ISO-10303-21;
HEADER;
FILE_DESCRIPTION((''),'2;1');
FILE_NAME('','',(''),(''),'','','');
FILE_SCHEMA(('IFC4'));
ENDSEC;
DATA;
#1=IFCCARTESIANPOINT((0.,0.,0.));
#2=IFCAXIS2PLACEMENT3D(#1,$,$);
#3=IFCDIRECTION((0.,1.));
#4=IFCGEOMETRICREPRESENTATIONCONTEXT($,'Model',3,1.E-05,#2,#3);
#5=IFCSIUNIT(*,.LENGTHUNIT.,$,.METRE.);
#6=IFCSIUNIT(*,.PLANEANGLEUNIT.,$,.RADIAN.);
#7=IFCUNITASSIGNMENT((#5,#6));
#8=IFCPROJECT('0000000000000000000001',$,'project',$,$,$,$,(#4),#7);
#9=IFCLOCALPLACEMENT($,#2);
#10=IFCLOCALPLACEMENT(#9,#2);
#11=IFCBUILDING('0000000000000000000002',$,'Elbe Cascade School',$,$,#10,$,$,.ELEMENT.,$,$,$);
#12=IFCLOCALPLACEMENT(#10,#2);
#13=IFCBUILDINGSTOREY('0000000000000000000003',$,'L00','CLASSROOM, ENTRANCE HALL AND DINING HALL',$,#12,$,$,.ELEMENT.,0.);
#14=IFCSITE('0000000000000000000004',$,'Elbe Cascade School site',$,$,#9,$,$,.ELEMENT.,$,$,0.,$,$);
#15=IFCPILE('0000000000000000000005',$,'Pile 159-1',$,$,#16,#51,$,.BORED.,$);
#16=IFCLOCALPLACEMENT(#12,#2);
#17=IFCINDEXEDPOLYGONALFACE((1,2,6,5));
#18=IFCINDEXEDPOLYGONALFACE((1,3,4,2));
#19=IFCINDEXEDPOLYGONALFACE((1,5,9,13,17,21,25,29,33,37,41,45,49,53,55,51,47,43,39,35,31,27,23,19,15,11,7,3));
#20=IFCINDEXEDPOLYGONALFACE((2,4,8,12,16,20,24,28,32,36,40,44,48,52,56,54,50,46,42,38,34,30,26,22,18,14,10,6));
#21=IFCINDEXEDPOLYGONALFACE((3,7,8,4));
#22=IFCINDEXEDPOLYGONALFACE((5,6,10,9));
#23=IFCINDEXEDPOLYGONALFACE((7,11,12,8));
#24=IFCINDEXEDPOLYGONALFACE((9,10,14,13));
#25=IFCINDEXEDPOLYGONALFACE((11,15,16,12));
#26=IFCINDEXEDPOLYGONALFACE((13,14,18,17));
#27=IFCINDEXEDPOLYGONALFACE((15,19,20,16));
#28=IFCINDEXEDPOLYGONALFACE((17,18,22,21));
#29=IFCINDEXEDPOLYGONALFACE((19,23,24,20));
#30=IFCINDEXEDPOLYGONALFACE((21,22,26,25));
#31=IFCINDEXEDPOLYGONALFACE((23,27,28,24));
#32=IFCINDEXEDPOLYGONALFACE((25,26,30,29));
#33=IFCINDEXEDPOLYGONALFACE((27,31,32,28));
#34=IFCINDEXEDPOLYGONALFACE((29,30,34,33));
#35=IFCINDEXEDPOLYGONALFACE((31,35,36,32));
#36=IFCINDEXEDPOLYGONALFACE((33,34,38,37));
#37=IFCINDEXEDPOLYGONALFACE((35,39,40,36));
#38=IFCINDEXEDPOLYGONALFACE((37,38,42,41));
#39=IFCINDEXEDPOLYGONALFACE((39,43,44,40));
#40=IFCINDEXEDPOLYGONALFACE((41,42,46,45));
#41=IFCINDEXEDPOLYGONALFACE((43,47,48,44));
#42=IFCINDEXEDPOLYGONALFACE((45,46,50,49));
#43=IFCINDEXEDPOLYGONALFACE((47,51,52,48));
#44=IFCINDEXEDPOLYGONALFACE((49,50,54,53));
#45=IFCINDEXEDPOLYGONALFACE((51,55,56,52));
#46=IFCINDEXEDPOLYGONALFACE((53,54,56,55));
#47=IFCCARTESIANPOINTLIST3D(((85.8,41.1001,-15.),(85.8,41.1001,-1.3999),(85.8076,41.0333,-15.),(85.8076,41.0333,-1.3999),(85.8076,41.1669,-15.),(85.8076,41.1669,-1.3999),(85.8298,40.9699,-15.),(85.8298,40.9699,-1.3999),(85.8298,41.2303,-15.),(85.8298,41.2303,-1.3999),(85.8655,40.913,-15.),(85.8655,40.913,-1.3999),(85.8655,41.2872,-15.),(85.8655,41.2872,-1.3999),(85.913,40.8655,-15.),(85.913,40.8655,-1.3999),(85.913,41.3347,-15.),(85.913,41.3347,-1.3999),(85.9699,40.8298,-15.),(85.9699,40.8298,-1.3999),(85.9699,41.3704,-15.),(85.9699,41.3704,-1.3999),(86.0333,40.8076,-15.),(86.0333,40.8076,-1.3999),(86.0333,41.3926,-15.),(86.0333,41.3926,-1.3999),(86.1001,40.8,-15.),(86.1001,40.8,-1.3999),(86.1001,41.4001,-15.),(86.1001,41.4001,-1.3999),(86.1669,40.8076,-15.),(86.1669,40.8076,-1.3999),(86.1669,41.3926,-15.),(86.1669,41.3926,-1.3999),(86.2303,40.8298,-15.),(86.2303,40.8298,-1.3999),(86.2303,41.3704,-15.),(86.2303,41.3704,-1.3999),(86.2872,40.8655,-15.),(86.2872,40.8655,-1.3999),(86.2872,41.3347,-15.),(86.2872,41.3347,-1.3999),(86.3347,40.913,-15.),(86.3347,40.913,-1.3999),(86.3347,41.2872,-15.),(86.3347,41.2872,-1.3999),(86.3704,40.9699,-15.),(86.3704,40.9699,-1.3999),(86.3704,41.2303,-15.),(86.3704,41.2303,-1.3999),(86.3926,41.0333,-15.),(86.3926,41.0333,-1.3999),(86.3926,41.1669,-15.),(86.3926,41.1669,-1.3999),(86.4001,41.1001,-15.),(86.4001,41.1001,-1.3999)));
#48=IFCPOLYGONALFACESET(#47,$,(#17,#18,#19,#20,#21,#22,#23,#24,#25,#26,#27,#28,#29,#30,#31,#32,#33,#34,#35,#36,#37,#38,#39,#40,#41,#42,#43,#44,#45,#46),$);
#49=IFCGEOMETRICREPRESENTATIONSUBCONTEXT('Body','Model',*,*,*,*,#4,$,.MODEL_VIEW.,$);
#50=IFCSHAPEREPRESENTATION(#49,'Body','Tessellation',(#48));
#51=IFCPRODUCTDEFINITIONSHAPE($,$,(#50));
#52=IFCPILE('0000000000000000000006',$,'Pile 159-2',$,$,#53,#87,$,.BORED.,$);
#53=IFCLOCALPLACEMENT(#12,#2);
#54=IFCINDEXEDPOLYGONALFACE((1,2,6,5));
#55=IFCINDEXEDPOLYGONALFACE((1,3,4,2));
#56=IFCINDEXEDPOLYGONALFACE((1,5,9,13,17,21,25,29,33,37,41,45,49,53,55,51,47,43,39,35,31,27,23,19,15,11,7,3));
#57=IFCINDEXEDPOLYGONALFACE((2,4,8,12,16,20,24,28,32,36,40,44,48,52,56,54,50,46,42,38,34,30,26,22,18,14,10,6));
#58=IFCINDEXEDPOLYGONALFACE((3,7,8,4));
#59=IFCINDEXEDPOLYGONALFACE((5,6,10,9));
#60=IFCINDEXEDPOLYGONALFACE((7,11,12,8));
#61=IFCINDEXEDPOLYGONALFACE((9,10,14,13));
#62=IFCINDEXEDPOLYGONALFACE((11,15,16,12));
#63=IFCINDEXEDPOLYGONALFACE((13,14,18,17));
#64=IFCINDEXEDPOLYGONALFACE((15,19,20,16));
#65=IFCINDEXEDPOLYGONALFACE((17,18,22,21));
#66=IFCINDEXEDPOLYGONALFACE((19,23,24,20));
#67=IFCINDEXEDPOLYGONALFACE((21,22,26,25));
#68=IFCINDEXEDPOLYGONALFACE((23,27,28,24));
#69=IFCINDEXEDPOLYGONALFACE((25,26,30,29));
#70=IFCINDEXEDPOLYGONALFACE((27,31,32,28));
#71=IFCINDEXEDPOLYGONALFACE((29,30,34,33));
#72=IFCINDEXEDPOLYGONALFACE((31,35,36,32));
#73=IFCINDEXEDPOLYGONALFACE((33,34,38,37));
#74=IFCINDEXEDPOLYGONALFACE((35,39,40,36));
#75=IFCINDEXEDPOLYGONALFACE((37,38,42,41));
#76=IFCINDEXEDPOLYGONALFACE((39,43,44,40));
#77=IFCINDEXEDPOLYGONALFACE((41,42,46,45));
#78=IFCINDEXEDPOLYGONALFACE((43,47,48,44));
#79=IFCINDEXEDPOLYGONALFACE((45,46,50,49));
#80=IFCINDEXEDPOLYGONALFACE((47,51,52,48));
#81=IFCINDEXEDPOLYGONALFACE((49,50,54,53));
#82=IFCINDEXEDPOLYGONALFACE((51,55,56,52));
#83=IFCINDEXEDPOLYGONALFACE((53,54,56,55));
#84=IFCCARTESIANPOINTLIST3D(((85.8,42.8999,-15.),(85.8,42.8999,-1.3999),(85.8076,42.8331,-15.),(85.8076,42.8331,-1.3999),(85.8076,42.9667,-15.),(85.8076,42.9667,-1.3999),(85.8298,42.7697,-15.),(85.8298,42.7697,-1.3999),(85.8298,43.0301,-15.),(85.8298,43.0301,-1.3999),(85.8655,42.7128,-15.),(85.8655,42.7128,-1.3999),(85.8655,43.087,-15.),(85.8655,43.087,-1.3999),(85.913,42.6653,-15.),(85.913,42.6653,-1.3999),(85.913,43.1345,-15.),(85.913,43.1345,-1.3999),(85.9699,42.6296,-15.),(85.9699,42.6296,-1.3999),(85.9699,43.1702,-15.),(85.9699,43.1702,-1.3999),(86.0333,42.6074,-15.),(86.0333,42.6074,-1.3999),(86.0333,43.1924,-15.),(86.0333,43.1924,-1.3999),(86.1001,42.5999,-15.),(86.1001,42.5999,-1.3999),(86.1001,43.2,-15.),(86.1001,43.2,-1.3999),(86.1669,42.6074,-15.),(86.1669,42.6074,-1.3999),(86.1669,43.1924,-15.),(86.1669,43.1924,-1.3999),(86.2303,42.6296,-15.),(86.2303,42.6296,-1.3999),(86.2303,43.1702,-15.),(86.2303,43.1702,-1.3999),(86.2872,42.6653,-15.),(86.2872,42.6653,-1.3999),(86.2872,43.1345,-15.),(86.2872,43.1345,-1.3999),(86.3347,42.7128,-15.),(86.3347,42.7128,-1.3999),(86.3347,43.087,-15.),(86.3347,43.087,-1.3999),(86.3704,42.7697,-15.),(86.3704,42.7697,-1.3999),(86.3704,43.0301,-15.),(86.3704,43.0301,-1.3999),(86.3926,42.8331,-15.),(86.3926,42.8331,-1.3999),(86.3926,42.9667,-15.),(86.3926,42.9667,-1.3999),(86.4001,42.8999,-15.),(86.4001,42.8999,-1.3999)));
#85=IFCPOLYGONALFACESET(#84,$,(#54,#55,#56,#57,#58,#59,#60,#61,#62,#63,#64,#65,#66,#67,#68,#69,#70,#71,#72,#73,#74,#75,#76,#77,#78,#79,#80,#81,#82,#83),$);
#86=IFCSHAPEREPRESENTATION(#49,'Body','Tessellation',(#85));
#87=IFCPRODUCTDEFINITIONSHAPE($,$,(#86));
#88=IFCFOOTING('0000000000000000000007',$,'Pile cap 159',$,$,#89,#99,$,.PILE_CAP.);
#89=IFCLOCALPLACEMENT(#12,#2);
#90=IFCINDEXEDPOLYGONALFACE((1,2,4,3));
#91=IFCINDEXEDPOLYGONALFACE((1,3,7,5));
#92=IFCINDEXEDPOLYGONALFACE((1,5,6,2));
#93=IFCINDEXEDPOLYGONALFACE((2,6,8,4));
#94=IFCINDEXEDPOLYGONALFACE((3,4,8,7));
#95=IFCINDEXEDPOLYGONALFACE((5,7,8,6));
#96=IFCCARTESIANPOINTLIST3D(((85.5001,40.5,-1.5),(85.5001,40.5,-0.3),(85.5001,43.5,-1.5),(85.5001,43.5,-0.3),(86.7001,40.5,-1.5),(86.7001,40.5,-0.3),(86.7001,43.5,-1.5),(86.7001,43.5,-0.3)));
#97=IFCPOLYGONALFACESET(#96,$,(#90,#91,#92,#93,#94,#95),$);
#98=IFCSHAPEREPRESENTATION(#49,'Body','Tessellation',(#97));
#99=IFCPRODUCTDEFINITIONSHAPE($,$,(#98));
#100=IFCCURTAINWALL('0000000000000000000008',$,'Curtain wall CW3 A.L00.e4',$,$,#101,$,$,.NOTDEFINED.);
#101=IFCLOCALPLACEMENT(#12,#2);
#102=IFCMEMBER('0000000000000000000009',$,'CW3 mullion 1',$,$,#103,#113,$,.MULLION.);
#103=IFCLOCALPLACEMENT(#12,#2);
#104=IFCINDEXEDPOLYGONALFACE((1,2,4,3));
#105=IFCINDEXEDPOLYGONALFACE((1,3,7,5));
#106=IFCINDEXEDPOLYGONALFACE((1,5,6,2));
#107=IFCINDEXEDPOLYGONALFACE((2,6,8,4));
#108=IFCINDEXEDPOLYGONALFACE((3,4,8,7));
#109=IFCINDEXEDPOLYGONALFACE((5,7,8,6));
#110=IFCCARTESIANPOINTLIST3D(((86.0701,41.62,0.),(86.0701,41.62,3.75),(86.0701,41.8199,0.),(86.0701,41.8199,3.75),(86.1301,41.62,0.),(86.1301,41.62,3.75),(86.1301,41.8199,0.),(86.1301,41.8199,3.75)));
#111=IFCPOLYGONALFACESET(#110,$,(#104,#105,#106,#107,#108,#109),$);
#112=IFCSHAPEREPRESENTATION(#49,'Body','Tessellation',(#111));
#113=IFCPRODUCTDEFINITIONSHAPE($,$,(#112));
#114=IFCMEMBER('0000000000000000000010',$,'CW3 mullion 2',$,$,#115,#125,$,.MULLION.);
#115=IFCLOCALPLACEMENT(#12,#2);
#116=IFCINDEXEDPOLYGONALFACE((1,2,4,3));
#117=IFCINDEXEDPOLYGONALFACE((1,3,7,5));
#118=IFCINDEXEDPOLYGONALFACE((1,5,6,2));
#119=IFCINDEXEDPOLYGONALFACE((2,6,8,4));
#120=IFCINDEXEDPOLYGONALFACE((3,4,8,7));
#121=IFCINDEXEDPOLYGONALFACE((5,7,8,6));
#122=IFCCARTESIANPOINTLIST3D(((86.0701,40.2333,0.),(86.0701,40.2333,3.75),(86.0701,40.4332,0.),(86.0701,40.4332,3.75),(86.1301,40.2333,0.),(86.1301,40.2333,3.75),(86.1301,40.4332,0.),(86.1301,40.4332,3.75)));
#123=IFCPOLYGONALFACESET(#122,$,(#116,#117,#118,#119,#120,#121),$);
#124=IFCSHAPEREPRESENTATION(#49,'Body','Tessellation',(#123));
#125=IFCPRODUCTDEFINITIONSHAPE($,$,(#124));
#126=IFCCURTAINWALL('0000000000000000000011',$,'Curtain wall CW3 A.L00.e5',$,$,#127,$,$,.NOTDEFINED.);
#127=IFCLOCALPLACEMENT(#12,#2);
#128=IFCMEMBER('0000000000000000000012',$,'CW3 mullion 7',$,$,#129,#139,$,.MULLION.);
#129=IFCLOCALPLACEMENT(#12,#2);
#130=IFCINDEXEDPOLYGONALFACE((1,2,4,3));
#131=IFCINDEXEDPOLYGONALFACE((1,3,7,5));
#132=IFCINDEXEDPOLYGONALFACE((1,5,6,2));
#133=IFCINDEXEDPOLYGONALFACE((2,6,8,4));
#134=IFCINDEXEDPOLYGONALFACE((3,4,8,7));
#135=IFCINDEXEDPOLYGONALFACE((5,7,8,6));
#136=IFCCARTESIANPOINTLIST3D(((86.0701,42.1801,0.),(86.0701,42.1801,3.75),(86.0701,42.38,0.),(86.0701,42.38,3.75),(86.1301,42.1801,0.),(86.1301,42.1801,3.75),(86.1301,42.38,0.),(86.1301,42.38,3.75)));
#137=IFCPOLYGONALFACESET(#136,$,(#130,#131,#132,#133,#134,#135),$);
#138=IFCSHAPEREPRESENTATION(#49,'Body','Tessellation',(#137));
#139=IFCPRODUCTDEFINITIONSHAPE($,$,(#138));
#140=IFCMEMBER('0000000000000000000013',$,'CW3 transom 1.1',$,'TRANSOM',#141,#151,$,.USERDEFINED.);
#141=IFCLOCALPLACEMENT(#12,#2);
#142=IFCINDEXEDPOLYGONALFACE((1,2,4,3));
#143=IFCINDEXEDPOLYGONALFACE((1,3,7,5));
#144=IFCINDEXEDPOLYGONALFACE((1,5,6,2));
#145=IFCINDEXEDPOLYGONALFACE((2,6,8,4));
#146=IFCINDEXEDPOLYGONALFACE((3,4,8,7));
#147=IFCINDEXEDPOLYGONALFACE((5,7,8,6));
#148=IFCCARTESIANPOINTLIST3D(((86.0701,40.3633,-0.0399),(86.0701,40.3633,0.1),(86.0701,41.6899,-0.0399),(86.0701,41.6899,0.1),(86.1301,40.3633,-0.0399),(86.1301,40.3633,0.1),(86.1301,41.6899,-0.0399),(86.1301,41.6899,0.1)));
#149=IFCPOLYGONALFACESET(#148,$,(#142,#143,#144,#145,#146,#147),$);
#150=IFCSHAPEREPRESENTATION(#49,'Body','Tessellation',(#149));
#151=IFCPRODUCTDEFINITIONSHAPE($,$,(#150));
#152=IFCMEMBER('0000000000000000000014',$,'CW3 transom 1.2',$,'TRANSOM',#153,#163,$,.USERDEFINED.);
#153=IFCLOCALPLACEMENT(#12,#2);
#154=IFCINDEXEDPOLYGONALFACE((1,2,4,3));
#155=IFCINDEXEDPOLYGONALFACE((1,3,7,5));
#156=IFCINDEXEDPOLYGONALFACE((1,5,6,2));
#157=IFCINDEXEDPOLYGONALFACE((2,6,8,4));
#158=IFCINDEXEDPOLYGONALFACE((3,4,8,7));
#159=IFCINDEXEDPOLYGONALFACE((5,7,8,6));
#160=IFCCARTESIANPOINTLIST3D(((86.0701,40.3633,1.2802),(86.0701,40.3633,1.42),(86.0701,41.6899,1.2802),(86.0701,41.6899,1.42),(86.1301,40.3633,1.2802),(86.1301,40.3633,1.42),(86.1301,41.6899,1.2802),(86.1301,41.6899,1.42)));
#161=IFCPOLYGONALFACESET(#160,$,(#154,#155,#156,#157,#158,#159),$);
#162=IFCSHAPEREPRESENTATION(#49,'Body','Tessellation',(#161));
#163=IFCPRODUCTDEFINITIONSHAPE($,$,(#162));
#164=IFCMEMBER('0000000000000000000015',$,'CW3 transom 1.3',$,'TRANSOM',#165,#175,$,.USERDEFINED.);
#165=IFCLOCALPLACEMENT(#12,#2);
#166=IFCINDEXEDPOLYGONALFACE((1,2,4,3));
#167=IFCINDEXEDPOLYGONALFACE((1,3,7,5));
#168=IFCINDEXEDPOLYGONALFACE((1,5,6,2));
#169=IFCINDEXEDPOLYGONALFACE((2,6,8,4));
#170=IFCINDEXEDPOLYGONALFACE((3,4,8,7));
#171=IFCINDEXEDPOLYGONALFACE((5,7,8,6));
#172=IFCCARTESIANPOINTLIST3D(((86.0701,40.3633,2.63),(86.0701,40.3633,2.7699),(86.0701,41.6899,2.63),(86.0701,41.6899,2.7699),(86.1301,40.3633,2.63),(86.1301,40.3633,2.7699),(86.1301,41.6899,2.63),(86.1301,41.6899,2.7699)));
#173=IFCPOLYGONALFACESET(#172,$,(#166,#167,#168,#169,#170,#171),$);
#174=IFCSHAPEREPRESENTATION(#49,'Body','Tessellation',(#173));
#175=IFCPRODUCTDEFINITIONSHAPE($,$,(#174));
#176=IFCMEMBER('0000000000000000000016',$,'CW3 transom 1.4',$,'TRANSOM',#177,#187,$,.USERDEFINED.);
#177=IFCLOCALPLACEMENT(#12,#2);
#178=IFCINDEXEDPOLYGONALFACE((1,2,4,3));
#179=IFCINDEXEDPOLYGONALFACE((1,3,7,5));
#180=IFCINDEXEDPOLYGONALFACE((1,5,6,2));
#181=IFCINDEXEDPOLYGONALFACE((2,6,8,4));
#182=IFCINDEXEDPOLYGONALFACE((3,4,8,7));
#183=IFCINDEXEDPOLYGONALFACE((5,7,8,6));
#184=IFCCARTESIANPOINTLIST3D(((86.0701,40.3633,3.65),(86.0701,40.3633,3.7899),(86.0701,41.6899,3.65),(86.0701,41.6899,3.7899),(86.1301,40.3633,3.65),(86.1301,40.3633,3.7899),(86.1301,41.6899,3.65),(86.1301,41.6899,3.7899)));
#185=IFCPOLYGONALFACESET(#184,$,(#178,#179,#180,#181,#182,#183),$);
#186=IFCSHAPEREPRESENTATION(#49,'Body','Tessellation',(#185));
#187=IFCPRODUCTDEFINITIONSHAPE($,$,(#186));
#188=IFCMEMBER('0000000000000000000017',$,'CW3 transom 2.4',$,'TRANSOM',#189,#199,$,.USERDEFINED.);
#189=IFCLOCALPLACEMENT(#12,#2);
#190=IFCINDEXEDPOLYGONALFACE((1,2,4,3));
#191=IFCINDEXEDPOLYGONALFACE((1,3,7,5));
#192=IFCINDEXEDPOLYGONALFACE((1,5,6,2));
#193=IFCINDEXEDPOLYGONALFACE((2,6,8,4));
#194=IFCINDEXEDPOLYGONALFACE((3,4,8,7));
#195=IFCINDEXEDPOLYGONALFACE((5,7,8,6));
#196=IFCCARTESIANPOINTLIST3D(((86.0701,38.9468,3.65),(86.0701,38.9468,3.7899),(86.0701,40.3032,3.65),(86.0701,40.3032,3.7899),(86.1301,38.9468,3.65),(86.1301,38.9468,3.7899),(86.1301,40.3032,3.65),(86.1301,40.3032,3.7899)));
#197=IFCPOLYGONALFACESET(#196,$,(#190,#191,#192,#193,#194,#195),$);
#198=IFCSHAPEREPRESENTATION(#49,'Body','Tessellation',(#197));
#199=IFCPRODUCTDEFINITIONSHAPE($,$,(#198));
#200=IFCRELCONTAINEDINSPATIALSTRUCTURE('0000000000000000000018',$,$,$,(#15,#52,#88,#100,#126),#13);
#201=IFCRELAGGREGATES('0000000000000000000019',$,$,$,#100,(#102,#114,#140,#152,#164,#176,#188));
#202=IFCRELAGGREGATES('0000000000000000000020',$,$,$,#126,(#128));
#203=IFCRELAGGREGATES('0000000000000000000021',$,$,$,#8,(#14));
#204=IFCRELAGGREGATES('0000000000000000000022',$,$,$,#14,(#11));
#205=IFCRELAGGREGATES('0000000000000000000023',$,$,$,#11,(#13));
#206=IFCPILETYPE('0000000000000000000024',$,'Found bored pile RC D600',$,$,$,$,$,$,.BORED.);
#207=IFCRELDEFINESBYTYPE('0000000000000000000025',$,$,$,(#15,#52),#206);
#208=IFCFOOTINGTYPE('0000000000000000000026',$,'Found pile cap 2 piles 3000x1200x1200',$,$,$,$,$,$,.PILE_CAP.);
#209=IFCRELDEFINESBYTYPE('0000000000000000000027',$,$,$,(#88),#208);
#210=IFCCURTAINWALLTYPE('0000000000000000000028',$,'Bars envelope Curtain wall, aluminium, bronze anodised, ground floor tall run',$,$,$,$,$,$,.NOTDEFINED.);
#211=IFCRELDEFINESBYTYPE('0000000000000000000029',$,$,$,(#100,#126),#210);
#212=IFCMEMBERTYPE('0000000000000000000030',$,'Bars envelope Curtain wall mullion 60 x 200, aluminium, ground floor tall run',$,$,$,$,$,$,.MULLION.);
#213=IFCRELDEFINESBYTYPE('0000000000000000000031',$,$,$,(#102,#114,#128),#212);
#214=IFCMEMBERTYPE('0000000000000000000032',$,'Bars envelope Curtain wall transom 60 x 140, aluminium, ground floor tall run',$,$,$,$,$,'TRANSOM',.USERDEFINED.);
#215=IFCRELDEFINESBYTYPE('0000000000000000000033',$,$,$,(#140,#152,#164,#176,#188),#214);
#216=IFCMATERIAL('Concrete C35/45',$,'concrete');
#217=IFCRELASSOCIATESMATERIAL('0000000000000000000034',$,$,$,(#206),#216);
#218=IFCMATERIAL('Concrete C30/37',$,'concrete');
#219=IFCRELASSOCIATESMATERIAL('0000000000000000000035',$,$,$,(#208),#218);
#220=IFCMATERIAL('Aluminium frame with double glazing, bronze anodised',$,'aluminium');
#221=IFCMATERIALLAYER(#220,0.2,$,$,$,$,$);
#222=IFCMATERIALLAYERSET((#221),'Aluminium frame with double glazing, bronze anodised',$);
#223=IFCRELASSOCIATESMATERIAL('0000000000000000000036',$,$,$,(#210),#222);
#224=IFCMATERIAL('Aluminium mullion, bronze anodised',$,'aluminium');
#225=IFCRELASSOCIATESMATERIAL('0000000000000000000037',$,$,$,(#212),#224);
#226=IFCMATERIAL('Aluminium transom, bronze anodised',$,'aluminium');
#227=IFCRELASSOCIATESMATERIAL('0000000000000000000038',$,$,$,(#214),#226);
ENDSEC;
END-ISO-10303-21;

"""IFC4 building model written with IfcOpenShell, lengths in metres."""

from ifc_helpers import new_model, si_unit, direction, frame, origin, origin_2d, place, context, subcontext, project, spatial, rectangle, circle, extrude, material, layer, layer_set, material_profile, profile_set, type_object, element, aggregate, save


model = new_model("IFC4")

# Units and contexts
model_context = context("Model", 3, precision=1e-05, world=origin(), true_north=direction((0.0, 1.0)))
body_context = subcontext(model_context, "Body", "Model", "MODEL_VIEW")
ifc_project = project(units=[si_unit("LENGTHUNIT", "METRE"), si_unit("PLANEANGLEUNIT", "RADIAN")], contexts=[model_context])

# Site, building, storey
site_placement = place(None, origin())
site = spatial("IfcSite", under=ifc_project, at=site_placement, Name="Elbe Cascade School site", CompositionType="ELEMENT", RefElevation=0.0)
building_placement = place(site_placement, origin())
building = spatial("IfcBuilding", under=site, at=building_placement, Name="Elbe Cascade School", CompositionType="ELEMENT")
storey_placement = place(building_placement, origin())
storey = spatial("IfcBuildingStorey", under=building, at=storey_placement, Name="L00", Description="CLASSROOM, ENTRANCE HALL AND DINING HALL", CompositionType="ELEMENT", Elevation=0.0)

# Piles
ifc_material_1 = material(Name="Concrete C35/45", Category="concrete")
ifc_material_profile_1 = material_profile(ifc_material_1, circle(Radius=0.3, at=origin_2d()), Name="RC D600")
ifc_profile_set_1 = profile_set([ifc_material_profile_1], Name="Concrete C35/45")
pile_type = type_object("IfcPileType", Name="Found bored pile RC D600", PredefinedType="BORED", material=ifc_profile_set_1)
for number, where, z_axis, x_axis, name in (
    (1, (86.1001, 41.1001, -1.3999), (0.0, 0.0, -1.0), (1.0, 0.0, 0.0), "Pile 159-1"),
    (2, (86.1001, 42.8999, -1.3999), (0.0, 0.0, -1.0), (1.0, 0.0, 0.0), "Pile 159-2"),
):
    element("IfcPile", number, at=place(storey_placement, frame(where, z_axis=z_axis, x_axis=x_axis)), inside=storey, type_object=pile_type, Name=name, PredefinedType="BORED", context=body_context, shape_type="SweptSolid", body=[
        extrude(circle(Radius=0.3, at=origin_2d()), origin(), (0.0, 0.0, 1.0), 13.6001),
    ])

# Footing
ifc_material_2 = material(Name="Concrete C30/37", Category="concrete")
footing_type = type_object("IfcFootingType", Name="Found pile cap 2 piles 3000x1200x1200", PredefinedType="PILE_CAP", material=ifc_material_2)
footing_placement = place(storey_placement, frame((86.1001, 42.0, -1.5), z_axis=(0.0, 0.0, 1.0), x_axis=(1.0, 0.0, 0.0)))
element("IfcFooting", 3, at=footing_placement, inside=storey, type_object=footing_type, Name="Pile cap 159", PredefinedType="PILE_CAP", context=body_context, shape_type="SweptSolid", body=[
    extrude(rectangle(XDim=1.2, YDim=3.0, at=origin_2d()), origin(), (0.0, 0.0, 1.0), 1.2),
])

# Curtain wall, members
ifc_material_3 = material(Name="Aluminium frame with double glazing, bronze anodised", Category="aluminium")
ifc_layer_1 = layer(ifc_material_3, 0.2)
ifc_layer_set_1 = layer_set([ifc_layer_1], Name="Aluminium frame with double glazing, bronze anodised")
curtain_wall_type = type_object("IfcCurtainWallType", Name="Bars envelope Curtain wall, aluminium, bronze anodised, ground floor tall run", PredefinedType="NOTDEFINED", material=ifc_layer_set_1)
curtain_wall_1_placement = place(storey_placement, origin())
curtain_wall_1 = element("IfcCurtainWall", 4, at=curtain_wall_1_placement, inside=storey, type_object=curtain_wall_type, Name="Curtain wall CW3 A.L00.e4", PredefinedType="NOTDEFINED")
ifc_material_4 = material(Name="Aluminium mullion, bronze anodised", Category="aluminium")
ifc_material_profile_2 = material_profile(ifc_material_4, rectangle(XDim=0.0601, YDim=0.2, at=origin_2d()), Name="Bars envelope Curtain wall mullion 60 x 200, aluminium, ground floor tall run")
ifc_profile_set_2 = profile_set([ifc_material_profile_2], Name="Aluminium mullion, bronze anodised")
member_type_1 = type_object("IfcMemberType", Name="Bars envelope Curtain wall mullion 60 x 200, aluminium, ground floor tall run", PredefinedType="MULLION", material=ifc_profile_set_2)
member_1_placement = place(storey_placement, frame((86.1001, 41.72, 0.0), z_axis=(0.0, 0.0, 1.0), x_axis=(1.0, 0.0, 0.0)))
member_1 = element("IfcMember", 5, at=member_1_placement, type_object=member_type_1, Name="CW3 mullion 1", PredefinedType="MULLION", context=body_context, shape_type="SweptSolid", body=[
    extrude(rectangle(XDim=0.0601, YDim=0.2, at=origin_2d()), origin(), (0.0, 0.0, 1.0), 3.75),
])
member_2_placement = place(storey_placement, frame((86.1001, 40.3333, 0.0), z_axis=(0.0, 0.0, 1.0), x_axis=(1.0, 0.0, 0.0)))
member_2 = element("IfcMember", 6, at=member_2_placement, type_object=member_type_1, Name="CW3 mullion 2", PredefinedType="MULLION", context=body_context, shape_type="SweptSolid", body=[
    extrude(rectangle(XDim=0.0601, YDim=0.2, at=origin_2d()), origin(), (0.0, 0.0, 1.0), 3.75),
])

# Curtain wall, member
curtain_wall_2_placement = place(storey_placement, origin())
curtain_wall_2 = element("IfcCurtainWall", 7, at=curtain_wall_2_placement, inside=storey, type_object=curtain_wall_type, Name="Curtain wall CW3 A.L00.e5", PredefinedType="NOTDEFINED")
member_3_placement = place(storey_placement, frame((86.1001, 42.28, 0.0), z_axis=(0.0, 0.0, 1.0), x_axis=(1.0, 0.0, 0.0)))
member_3 = element("IfcMember", 8, at=member_3_placement, type_object=member_type_1, Name="CW3 mullion 7", PredefinedType="MULLION", context=body_context, shape_type="SweptSolid", body=[
    extrude(rectangle(XDim=0.0601, YDim=0.2, at=origin_2d()), origin(), (0.0, 0.0, 1.0), 3.75),
])

# Members
ifc_material_5 = material(Name="Aluminium transom, bronze anodised", Category="aluminium")
ifc_material_profile_3 = material_profile(ifc_material_5, rectangle(XDim=0.0601, YDim=0.1399, at=origin_2d()), Name="Bars envelope Curtain wall transom 60 x 140, aluminium, ground floor tall run")
ifc_profile_set_3 = profile_set([ifc_material_profile_3], Name="Aluminium transom, bronze anodised")
member_type_2 = type_object("IfcMemberType", Name="Bars envelope Curtain wall transom 60 x 140, aluminium, ground floor tall run", ElementType="TRANSOM", PredefinedType="USERDEFINED", material=ifc_profile_set_3)
member_4_placement = place(storey_placement, frame((86.1001, 41.6899, 0.03), z_axis=(0.0, -1.0, 0.0), x_axis=(1.0, 0.0, 0.0)))
member_4 = element("IfcMember", 9, at=member_4_placement, type_object=member_type_2, Name="CW3 transom 1.1", ObjectType="TRANSOM", PredefinedType="USERDEFINED", context=body_context, shape_type="SweptSolid", body=[
    extrude(rectangle(XDim=0.0601, YDim=0.1399, at=origin_2d()), origin(), (0.0, 0.0, 1.0), 1.3267),
])
member_5_placement = place(storey_placement, frame((86.1001, 41.6899, 1.3501), z_axis=(0.0, -1.0, 0.0), x_axis=(1.0, 0.0, 0.0)))
member_5 = element("IfcMember", 10, at=member_5_placement, type_object=member_type_2, Name="CW3 transom 1.2", ObjectType="TRANSOM", PredefinedType="USERDEFINED", context=body_context, shape_type="SweptSolid", body=[
    extrude(rectangle(XDim=0.0601, YDim=0.1399, at=origin_2d()), origin(), (0.0, 0.0, 1.0), 1.3267),
])
member_6_placement = place(storey_placement, frame((86.1001, 41.6899, 2.7), z_axis=(0.0, -1.0, 0.0), x_axis=(1.0, 0.0, 0.0)))
member_6 = element("IfcMember", 11, at=member_6_placement, type_object=member_type_2, Name="CW3 transom 1.3", ObjectType="TRANSOM", PredefinedType="USERDEFINED", context=body_context, shape_type="SweptSolid", body=[
    extrude(rectangle(XDim=0.0601, YDim=0.1399, at=origin_2d()), origin(), (0.0, 0.0, 1.0), 1.3267),
])
member_7_placement = place(storey_placement, frame((86.1001, 41.6899, 3.72), z_axis=(0.0, -1.0, 0.0), x_axis=(1.0, 0.0, 0.0)))
member_7 = element("IfcMember", 12, at=member_7_placement, type_object=member_type_2, Name="CW3 transom 1.4", ObjectType="TRANSOM", PredefinedType="USERDEFINED", context=body_context, shape_type="SweptSolid", body=[
    extrude(rectangle(XDim=0.0601, YDim=0.1399, at=origin_2d()), origin(), (0.0, 0.0, 1.0), 1.3267),
])
member_8_placement = place(storey_placement, frame((86.1001, 40.3032, 3.72), z_axis=(0.0, -1.0, 0.0), x_axis=(1.0, 0.0, 0.0)))
member_8 = element("IfcMember", 13, at=member_8_placement, type_object=member_type_2, Name="CW3 transom 2.4", ObjectType="TRANSOM", PredefinedType="USERDEFINED", context=body_context, shape_type="SweptSolid", body=[
    extrude(rectangle(XDim=0.0601, YDim=0.1399, at=origin_2d()), origin(), (0.0, 0.0, 1.0), 1.3564),
])

aggregate(curtain_wall_1, [member_1, member_2, member_4, member_5, member_6, member_7, member_8])
aggregate(curtain_wall_2, [member_3])

save(model, "model.ifc")
